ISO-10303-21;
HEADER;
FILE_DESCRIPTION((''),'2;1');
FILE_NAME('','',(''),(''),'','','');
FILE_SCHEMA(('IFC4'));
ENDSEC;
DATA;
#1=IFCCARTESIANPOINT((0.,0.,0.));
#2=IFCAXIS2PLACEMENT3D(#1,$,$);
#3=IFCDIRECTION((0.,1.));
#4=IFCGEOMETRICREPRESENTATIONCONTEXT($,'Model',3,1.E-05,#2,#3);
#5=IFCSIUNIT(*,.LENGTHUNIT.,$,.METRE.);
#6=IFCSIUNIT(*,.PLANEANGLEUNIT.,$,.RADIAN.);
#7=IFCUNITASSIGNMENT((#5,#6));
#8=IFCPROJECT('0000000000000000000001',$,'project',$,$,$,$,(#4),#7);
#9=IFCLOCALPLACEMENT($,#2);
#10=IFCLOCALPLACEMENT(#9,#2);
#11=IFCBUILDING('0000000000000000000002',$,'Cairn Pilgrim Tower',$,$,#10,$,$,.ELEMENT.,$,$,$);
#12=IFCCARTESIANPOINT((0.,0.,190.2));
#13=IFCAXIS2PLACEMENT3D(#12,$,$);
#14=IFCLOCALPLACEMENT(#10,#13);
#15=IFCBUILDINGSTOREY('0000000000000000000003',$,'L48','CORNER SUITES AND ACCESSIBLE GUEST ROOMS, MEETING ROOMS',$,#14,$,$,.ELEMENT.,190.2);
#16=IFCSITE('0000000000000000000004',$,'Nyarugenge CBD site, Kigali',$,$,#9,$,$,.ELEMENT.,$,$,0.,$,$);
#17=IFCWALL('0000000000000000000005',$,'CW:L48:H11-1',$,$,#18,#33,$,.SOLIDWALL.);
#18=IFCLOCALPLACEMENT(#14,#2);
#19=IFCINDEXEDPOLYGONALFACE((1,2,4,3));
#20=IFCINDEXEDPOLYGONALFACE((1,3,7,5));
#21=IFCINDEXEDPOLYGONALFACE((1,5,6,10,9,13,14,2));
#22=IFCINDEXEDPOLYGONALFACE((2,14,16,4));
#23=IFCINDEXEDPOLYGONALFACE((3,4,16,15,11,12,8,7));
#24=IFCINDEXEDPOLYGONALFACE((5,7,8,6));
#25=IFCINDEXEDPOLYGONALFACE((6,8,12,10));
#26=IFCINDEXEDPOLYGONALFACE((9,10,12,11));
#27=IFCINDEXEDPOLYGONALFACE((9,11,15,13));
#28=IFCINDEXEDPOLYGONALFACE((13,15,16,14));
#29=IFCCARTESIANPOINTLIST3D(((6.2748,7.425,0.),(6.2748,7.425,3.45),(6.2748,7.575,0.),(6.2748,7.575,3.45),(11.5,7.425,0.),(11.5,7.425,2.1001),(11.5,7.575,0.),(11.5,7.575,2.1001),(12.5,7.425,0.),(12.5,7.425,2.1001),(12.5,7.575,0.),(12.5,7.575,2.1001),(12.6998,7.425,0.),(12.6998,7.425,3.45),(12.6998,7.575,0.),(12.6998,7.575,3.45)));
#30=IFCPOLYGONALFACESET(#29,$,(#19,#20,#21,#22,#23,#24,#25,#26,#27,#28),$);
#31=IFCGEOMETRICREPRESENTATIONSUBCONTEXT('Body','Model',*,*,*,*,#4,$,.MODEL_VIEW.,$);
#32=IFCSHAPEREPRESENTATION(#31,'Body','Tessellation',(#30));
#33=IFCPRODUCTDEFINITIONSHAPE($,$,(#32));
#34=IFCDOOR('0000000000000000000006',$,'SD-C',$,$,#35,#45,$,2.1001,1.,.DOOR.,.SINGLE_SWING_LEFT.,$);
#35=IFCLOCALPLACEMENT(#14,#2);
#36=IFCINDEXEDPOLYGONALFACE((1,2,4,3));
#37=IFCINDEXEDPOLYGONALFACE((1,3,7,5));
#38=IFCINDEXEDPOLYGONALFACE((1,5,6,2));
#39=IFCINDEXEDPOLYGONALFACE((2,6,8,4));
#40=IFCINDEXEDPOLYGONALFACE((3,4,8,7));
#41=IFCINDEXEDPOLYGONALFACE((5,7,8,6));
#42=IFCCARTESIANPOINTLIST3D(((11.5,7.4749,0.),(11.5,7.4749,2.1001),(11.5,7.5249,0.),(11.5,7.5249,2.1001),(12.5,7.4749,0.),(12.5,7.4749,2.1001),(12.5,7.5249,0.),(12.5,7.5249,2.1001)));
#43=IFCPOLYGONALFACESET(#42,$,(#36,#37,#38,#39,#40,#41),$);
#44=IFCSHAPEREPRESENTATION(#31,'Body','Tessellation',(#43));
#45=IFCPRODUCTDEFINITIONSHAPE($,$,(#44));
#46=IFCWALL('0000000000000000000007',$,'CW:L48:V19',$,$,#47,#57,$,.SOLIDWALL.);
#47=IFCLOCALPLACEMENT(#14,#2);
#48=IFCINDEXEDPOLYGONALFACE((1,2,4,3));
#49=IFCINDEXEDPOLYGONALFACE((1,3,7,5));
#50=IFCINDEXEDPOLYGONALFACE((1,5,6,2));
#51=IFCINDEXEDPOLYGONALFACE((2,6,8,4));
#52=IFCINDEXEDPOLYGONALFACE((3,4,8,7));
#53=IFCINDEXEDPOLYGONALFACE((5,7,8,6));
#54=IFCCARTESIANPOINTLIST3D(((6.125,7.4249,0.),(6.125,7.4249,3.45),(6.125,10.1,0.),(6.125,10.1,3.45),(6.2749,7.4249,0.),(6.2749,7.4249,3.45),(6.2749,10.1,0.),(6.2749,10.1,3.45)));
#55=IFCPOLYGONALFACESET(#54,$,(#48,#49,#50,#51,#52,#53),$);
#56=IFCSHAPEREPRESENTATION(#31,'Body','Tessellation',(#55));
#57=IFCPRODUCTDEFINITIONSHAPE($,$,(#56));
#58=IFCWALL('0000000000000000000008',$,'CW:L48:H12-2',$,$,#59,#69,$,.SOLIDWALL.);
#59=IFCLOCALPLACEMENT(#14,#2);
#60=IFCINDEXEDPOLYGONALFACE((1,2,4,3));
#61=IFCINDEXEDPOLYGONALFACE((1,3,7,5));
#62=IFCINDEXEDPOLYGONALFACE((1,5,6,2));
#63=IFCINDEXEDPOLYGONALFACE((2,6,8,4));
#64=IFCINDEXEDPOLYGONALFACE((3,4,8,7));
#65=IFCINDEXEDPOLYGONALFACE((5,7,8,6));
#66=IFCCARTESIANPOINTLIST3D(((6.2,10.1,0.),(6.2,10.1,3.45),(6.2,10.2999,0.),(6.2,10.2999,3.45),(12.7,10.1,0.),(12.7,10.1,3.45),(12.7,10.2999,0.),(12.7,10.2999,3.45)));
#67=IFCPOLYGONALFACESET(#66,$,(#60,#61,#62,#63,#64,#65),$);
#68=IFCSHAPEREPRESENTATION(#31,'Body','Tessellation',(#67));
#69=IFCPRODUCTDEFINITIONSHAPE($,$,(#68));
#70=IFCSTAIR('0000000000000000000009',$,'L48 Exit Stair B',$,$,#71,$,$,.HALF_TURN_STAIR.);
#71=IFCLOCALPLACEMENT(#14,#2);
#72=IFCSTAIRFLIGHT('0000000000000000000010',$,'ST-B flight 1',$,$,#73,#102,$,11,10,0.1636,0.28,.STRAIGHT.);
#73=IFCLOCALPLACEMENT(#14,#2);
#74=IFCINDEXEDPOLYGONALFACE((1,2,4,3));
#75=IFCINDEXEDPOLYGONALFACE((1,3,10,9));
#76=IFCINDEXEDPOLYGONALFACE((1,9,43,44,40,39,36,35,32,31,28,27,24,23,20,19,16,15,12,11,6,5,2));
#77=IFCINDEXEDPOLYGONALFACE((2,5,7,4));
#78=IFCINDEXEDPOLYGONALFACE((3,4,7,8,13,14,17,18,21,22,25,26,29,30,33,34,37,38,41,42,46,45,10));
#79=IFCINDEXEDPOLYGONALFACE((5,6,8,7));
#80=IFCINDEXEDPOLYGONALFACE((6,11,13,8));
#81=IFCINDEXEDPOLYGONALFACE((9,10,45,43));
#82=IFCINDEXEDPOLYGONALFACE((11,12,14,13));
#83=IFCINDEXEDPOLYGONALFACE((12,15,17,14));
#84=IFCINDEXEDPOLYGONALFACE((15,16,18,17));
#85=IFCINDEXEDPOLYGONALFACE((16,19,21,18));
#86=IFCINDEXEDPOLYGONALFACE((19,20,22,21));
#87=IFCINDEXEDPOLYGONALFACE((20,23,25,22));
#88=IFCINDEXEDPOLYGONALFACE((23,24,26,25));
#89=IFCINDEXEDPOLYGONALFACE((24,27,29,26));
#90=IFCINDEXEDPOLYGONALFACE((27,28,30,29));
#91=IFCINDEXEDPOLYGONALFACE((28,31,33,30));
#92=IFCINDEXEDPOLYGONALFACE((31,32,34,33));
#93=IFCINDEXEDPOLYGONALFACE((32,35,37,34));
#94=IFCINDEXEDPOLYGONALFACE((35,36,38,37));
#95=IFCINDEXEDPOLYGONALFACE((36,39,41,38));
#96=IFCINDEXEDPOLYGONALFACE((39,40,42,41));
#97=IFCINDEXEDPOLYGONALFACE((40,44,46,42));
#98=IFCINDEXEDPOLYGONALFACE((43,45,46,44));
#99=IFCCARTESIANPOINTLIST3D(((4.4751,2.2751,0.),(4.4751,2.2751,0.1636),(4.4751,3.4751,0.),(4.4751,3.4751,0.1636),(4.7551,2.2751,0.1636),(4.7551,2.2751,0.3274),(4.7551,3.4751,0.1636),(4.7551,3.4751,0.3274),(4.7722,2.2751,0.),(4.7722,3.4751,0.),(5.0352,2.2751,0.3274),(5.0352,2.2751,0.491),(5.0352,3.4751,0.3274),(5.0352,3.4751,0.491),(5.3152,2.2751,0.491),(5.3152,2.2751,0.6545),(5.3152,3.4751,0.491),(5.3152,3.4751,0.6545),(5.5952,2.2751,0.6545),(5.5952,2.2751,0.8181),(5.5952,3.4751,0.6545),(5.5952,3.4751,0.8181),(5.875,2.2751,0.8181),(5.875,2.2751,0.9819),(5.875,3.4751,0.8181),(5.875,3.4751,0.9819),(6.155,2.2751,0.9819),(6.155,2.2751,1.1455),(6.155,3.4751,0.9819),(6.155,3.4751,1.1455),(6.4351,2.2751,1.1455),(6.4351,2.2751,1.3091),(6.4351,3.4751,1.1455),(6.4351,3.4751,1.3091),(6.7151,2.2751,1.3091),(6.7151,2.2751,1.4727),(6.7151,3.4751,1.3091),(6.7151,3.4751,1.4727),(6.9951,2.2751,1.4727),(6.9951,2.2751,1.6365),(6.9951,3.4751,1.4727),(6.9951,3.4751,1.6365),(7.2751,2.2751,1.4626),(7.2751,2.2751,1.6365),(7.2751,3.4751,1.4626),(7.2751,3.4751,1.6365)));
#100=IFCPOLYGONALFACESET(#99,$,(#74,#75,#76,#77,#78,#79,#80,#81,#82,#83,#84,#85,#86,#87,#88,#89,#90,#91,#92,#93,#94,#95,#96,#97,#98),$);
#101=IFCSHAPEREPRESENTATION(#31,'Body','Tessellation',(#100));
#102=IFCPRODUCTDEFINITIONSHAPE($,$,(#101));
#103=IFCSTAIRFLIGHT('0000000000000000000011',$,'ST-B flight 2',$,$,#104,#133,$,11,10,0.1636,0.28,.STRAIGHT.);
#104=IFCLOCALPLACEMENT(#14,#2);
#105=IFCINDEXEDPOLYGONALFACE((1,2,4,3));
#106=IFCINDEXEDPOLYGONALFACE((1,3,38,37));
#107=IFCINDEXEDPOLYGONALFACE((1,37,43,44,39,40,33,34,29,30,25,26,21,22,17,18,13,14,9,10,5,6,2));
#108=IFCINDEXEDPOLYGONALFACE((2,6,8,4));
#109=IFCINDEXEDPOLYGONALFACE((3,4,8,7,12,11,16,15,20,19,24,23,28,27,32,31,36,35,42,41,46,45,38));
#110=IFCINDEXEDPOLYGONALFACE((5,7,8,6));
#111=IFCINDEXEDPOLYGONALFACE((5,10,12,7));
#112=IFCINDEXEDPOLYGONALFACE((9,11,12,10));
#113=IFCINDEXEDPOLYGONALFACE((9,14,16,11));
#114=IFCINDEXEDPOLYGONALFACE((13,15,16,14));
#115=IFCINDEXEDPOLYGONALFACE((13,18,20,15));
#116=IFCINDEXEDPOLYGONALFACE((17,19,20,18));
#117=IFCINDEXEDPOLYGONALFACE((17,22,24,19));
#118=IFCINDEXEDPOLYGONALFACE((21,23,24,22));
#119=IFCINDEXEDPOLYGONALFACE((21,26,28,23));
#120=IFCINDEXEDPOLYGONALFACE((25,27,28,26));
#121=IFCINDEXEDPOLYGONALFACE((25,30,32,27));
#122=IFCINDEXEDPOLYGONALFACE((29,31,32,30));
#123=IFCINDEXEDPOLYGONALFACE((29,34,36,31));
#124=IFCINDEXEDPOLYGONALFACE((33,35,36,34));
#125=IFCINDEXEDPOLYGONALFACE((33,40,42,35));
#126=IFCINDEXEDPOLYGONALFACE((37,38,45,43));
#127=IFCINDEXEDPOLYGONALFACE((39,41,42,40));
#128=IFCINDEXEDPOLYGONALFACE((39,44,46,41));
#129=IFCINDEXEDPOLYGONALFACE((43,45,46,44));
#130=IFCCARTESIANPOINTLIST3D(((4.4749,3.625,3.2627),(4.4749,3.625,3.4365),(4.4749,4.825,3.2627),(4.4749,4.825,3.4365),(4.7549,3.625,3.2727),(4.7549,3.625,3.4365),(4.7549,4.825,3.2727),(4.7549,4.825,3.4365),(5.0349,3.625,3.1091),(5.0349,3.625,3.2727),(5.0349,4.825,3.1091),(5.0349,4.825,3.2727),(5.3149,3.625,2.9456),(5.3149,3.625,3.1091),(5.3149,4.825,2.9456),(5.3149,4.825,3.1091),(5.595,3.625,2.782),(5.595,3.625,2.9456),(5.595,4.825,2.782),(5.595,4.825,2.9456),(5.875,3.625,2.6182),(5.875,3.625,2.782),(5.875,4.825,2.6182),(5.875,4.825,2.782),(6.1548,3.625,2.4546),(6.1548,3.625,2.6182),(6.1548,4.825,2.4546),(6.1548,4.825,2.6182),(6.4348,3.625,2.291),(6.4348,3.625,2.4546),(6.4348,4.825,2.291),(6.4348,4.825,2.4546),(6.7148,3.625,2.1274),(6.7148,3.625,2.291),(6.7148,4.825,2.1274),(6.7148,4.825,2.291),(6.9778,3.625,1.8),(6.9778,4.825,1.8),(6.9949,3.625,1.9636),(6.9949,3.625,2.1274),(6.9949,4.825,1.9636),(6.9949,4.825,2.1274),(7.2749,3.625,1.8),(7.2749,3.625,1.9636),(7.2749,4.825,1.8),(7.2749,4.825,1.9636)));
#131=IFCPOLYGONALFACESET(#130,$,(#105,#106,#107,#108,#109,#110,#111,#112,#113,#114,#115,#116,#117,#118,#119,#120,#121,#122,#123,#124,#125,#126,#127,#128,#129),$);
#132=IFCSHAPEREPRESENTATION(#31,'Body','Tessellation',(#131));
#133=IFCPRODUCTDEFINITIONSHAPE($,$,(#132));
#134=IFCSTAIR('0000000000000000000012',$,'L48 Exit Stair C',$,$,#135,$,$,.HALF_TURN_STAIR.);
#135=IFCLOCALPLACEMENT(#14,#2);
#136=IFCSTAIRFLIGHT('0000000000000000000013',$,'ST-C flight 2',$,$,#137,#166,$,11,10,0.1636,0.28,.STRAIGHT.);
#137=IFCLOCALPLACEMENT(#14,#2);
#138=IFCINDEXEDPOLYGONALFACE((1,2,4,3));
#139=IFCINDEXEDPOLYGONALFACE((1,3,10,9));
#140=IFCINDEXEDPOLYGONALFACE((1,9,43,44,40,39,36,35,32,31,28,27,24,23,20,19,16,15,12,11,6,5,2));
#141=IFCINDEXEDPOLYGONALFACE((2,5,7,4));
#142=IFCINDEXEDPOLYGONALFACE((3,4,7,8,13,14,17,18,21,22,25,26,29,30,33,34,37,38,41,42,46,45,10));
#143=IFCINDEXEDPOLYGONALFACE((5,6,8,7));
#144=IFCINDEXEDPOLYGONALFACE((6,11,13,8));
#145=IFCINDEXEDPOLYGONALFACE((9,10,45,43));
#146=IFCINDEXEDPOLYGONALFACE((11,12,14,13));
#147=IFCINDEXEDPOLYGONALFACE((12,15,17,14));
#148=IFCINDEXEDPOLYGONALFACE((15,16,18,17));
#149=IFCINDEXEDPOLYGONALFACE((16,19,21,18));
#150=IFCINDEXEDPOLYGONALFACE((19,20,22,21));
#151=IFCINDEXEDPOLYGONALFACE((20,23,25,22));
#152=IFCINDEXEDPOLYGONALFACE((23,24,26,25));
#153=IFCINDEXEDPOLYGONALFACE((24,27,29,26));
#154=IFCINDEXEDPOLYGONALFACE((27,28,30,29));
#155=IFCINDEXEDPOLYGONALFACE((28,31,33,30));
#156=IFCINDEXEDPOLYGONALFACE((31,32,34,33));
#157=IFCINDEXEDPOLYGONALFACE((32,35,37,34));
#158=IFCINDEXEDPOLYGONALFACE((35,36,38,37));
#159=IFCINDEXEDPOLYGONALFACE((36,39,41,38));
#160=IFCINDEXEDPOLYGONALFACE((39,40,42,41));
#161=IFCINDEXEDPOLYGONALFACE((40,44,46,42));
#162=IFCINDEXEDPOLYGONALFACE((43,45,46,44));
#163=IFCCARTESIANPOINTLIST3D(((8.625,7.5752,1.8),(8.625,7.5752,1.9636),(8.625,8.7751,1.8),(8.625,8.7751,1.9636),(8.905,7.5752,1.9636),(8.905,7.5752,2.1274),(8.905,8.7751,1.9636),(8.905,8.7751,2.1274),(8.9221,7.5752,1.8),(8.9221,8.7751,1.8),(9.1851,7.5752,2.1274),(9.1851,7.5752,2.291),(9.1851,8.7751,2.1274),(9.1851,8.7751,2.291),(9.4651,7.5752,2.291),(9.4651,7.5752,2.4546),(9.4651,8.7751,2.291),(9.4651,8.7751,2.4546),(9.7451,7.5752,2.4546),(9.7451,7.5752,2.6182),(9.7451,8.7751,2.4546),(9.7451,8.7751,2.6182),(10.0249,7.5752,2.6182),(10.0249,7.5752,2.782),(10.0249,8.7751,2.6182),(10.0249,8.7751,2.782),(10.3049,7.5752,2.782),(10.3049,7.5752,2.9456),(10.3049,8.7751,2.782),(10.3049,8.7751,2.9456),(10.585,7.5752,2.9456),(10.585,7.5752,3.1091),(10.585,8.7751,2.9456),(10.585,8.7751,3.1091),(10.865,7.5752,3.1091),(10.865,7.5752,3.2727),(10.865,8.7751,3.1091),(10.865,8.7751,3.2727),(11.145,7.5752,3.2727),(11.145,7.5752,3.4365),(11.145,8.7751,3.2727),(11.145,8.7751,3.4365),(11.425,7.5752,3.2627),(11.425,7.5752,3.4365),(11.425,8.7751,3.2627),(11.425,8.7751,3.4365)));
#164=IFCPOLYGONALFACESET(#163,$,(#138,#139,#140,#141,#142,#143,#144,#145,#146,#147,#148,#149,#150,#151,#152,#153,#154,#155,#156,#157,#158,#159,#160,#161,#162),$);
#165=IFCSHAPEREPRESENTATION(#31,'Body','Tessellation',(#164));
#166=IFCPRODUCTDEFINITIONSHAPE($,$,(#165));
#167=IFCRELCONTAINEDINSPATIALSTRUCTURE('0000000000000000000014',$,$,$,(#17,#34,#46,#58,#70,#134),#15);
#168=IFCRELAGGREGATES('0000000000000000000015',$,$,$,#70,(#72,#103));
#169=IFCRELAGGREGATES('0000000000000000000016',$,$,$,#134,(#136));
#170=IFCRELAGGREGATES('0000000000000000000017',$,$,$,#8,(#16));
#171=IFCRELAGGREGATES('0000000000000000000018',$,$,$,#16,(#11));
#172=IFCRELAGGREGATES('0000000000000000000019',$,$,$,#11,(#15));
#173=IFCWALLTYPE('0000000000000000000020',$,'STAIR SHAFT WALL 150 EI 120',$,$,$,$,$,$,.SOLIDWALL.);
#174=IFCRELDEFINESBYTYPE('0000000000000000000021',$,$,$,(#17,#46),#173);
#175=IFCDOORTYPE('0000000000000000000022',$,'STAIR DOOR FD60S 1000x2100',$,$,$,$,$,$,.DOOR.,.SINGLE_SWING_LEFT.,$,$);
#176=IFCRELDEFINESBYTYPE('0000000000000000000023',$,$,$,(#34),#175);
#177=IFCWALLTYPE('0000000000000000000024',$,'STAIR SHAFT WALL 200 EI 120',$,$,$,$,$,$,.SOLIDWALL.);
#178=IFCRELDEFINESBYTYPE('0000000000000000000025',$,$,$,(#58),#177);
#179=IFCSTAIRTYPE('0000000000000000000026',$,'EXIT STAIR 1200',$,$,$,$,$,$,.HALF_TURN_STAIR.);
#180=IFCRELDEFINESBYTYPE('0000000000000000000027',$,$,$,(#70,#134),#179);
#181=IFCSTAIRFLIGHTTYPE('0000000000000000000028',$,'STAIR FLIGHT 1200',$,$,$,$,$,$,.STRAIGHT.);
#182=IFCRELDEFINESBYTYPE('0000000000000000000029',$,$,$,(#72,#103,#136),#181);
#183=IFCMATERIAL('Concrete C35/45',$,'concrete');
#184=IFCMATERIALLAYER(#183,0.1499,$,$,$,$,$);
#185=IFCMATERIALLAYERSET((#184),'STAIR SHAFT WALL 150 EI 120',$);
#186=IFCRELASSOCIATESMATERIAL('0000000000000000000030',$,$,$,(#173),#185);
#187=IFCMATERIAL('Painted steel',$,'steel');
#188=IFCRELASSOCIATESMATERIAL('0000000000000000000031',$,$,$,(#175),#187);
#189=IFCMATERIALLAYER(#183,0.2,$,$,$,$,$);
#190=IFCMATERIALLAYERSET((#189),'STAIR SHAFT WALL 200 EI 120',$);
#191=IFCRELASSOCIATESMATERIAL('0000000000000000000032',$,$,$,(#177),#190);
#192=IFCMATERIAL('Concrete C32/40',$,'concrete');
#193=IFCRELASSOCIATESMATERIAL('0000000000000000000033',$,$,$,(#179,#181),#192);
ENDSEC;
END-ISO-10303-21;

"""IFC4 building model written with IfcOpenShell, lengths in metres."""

from ifc_helpers import new_model, si_unit, direction, frame, frame_2d, origin, place, context, subcontext, project, spatial, polyline, rectangle, outline, extrude, material, layer, layer_set, type_object, element, fill, aggregate, save


model = new_model("IFC4")

# Units and contexts
model_context = context("Model", 3, precision=1e-05, world=origin(), true_north=direction((0.0, 1.0)))
body_context = subcontext(model_context, "Body", "Model", "MODEL_VIEW")
ifc_project = project(units=[si_unit("LENGTHUNIT", "METRE"), si_unit("PLANEANGLEUNIT", "RADIAN")], contexts=[model_context])

# Site, building, storey
site_placement = place(None, origin())
site = spatial("IfcSite", under=ifc_project, at=site_placement, Name="Nyarugenge CBD site, Kigali", CompositionType="ELEMENT", RefElevation=0.0)
building_placement = place(site_placement, origin())
building = spatial("IfcBuilding", under=site, at=building_placement, Name="Cairn Pilgrim Tower", CompositionType="ELEMENT")
storey_placement = place(building_placement, frame((0.0, 0.0, 190.2)))
storey = spatial("IfcBuildingStorey", under=building, at=storey_placement, Name="L48", Description="CORNER SUITES AND ACCESSIBLE GUEST ROOMS, MEETING ROOMS", CompositionType="ELEMENT", Elevation=190.2)

# Shared definitions
ifc_material_1 = material(Name="Concrete C32/40", Category="concrete")

# Shared definitions
ifc_material_2 = material(Name="Painted steel", Category="steel")

# Wall, opening, door
ifc_material_3 = material(Name="Concrete C35/45", Category="concrete")
ifc_layer_1 = layer(ifc_material_3, 0.1499)
ifc_layer_set_1 = layer_set([ifc_layer_1], Name="STAIR SHAFT WALL 150 EI 120")
wall_type_1 = type_object("IfcWallType", Name="STAIR SHAFT WALL 150 EI 120", PredefinedType="SOLIDWALL", material=ifc_layer_set_1)
door_type_1 = type_object("IfcDoorType", Name="STAIR DOOR FD60S 1000x2100", OperationType="SINGLE_SWING_LEFT", PredefinedType="DOOR", material=ifc_material_2)
wall_1_placement = place(storey_placement, frame((6.2749, 7.5, 0.0), z_axis=(0.0, 0.0, 1.0), x_axis=(1.0, 0.0, 0.0)))
wall_1 = element("IfcWall", 1, at=wall_1_placement, inside=storey, type_object=wall_type_1, Name="CW:L48:H11-1", PredefinedType="SOLIDWALL", context=body_context, shape_type="SweptSolid", body=[
    extrude(rectangle(XDim=6.425, YDim=0.1499, at=frame_2d((3.2124, 0.0))), origin(), (0.0, 0.0, 1.0), 3.45),
])
opening_1_placement = place(wall_1_placement, frame((5.2251, 0.0, 0.0)))
opening_1 = element("IfcOpeningElement", 2, at=opening_1_placement, cuts=wall_1, PredefinedType="OPENING", context=body_context, shape_type="SweptSolid", body=[
    extrude(rectangle(XDim=1.0, YDim=2.1001, at=frame_2d((0.5, 1.05))), frame((0.0, 0.085, 0.0), z_axis=(0.0, -1.0, 0.0), x_axis=(1.0, 0.0, 0.0)), (0.0, 0.0, 1.0), 0.1699),
])
door_1_placement = place(opening_1_placement, origin())
door_1 = element("IfcDoor", 3, at=door_1_placement, inside=storey, type_object=door_type_1, Name="SD-C", OperationType="SINGLE_SWING_LEFT", OverallHeight=2.1001, OverallWidth=1.0, PredefinedType="DOOR", context=body_context, shape_type="SweptSolid", body=[
    extrude(rectangle(XDim=1.0, YDim=2.1001, at=frame_2d((0.5, 1.05))), frame((0.0, 0.0249, 0.0), z_axis=(0.0, -1.0, 0.0), x_axis=(1.0, 0.0, 0.0)), (0.0, 0.0, 1.0), 0.05),
])
fill(opening_1, door_1)

# Walls
wall_2_placement = place(storey_placement, frame((6.2, 7.425, 0.0), z_axis=(0.0, 0.0, 1.0), x_axis=(0.0, 1.0, 0.0)))
element("IfcWall", 4, at=wall_2_placement, inside=storey, type_object=wall_type_1, Name="CW:L48:V19", PredefinedType="SOLIDWALL", context=body_context, shape_type="SweptSolid", body=[
    extrude(rectangle(XDim=2.675, YDim=0.1499, at=frame_2d((1.3374, 0.0))), origin(), (0.0, 0.0, 1.0), 3.45),
])
ifc_layer_2 = layer(ifc_material_3, 0.2)
ifc_layer_set_2 = layer_set([ifc_layer_2], Name="STAIR SHAFT WALL 200 EI 120")
wall_type_2 = type_object("IfcWallType", Name="STAIR SHAFT WALL 200 EI 120", PredefinedType="SOLIDWALL", material=ifc_layer_set_2)
wall_3_placement = place(storey_placement, frame((6.2, 10.2, 0.0), z_axis=(0.0, 0.0, 1.0), x_axis=(1.0, 0.0, 0.0)))
element("IfcWall", 5, at=wall_3_placement, inside=storey, type_object=wall_type_2, Name="CW:L48:H12-2", PredefinedType="SOLIDWALL", context=body_context, shape_type="SweptSolid", body=[
    extrude(rectangle(XDim=6.5, YDim=0.2, at=frame_2d((3.25, 0.0))), origin(), (0.0, 0.0, 1.0), 3.45),
])

# Stair, stair flights
stair_type = type_object("IfcStairType", Name="EXIT STAIR 1200", PredefinedType="HALF_TURN_STAIR", material=ifc_material_1)
stair_1_placement = place(storey_placement, origin())
stair_1 = element("IfcStair", 6, at=stair_1_placement, inside=storey, type_object=stair_type, Name="L48 Exit Stair B", PredefinedType="HALF_TURN_STAIR")
stair_flight_type = type_object("IfcStairFlightType", Name="STAIR FLIGHT 1200", PredefinedType="STRAIGHT", material=ifc_material_1)
stair_flight_1_placement = place(storey_placement, frame((4.4751, 2.875, 0.0), z_axis=(0.0, 0.0, 1.0), x_axis=(1.0, 0.0, 0.0)))
stair_flight_1 = element("IfcStairFlight", 7, at=stair_flight_1_placement, type_object=stair_flight_type, Name="ST-B flight 1", NumberOfRisers=11, NumberOfTreads=10, PredefinedType="STRAIGHT", RiserHeight=0.1636, TreadLength=0.28, context=body_context, shape_type="SweptSolid", body=[
    extrude(outline(polyline([(0.0, 0.0), (0.0, 0.1636), (0.28, 0.1636), (0.28, 0.3274), (0.5601, 0.3274), (0.5601, 0.491), (0.8401, 0.491), (0.8401, 0.6545), (1.1201, 0.6545), (1.1201, 0.8181), (1.3999, 0.8181), (1.3999, 0.9819), (1.6799, 0.9819), (1.6799, 1.1455), (1.96, 1.1455), (1.96, 1.3091), (2.24, 1.3091), (2.24, 1.4727), (2.52, 1.4727), (2.52, 1.6365), (2.8, 1.6365), (2.8, 1.8), (2.8, 1.4626), (0.2971, 0.0), (0.0, 0.0)])), frame((0.0, 0.6001, 0.0), z_axis=(0.0, -1.0, 0.0), x_axis=(1.0, 0.0, 0.0)), (0.0, 0.0, 1.0), 1.2),
])
stair_flight_2_placement = place(storey_placement, frame((7.2749, 4.2251, 1.8), z_axis=(0.0, 0.0, 1.0), x_axis=(-1.0, 0.0, 0.0)))
stair_flight_2 = element("IfcStairFlight", 8, at=stair_flight_2_placement, type_object=stair_flight_type, Name="ST-B flight 2", NumberOfRisers=11, NumberOfTreads=10, PredefinedType="STRAIGHT", RiserHeight=0.1636, TreadLength=0.28, context=body_context, shape_type="SweptSolid", body=[
    extrude(outline(polyline([(0.0, 0.0), (0.0, 0.1636), (0.28, 0.1636), (0.28, 0.3274), (0.5601, 0.3274), (0.5601, 0.491), (0.8401, 0.491), (0.8401, 0.6545), (1.1201, 0.6545), (1.1201, 0.8181), (1.3999, 0.8181), (1.3999, 0.9819), (1.6799, 0.9819), (1.6799, 1.1455), (1.96, 1.1455), (1.96, 1.3091), (2.24, 1.3091), (2.24, 1.4727), (2.52, 1.4727), (2.52, 1.6365), (2.8, 1.6365), (2.8, 1.8), (2.8, 1.4626), (0.2971, 0.0), (0.0, 0.0)])), frame((0.0, 0.6001, 0.0), z_axis=(0.0, -1.0, 0.0), x_axis=(1.0, 0.0, 0.0)), (0.0, 0.0, 1.0), 1.2),
])
aggregate(stair_1, [stair_flight_1, stair_flight_2])

# Stair, stair flight
stair_2_placement = place(storey_placement, origin())
stair_2 = element("IfcStair", 9, at=stair_2_placement, inside=storey, type_object=stair_type, Name="L48 Exit Stair C", PredefinedType="HALF_TURN_STAIR")
stair_flight_3_placement = place(storey_placement, frame((8.625, 8.175, 1.8), z_axis=(0.0, 0.0, 1.0), x_axis=(1.0, 0.0, 0.0)))
stair_flight_3 = element("IfcStairFlight", 10, at=stair_flight_3_placement, type_object=stair_flight_type, Name="ST-C flight 2", NumberOfRisers=11, NumberOfTreads=10, PredefinedType="STRAIGHT", RiserHeight=0.1636, TreadLength=0.28, context=body_context, shape_type="SweptSolid", body=[
    extrude(outline(polyline([(0.0, 0.0), (0.0, 0.1636), (0.28, 0.1636), (0.28, 0.3274), (0.5601, 0.3274), (0.5601, 0.491), (0.8401, 0.491), (0.8401, 0.6545), (1.1201, 0.6545), (1.1201, 0.8181), (1.3999, 0.8181), (1.3999, 0.9819), (1.6799, 0.9819), (1.6799, 1.1455), (1.96, 1.1455), (1.96, 1.3091), (2.24, 1.3091), (2.24, 1.4727), (2.52, 1.4727), (2.52, 1.6365), (2.8, 1.6365), (2.8, 1.8), (2.8, 1.4626), (0.2971, 0.0), (0.0, 0.0)])), frame((0.0, 0.6001, 0.0), z_axis=(0.0, -1.0, 0.0), x_axis=(1.0, 0.0, 0.0)), (0.0, 0.0, 1.0), 1.2),
])
aggregate(stair_2, [stair_flight_3])

save(model, "model.ifc")
